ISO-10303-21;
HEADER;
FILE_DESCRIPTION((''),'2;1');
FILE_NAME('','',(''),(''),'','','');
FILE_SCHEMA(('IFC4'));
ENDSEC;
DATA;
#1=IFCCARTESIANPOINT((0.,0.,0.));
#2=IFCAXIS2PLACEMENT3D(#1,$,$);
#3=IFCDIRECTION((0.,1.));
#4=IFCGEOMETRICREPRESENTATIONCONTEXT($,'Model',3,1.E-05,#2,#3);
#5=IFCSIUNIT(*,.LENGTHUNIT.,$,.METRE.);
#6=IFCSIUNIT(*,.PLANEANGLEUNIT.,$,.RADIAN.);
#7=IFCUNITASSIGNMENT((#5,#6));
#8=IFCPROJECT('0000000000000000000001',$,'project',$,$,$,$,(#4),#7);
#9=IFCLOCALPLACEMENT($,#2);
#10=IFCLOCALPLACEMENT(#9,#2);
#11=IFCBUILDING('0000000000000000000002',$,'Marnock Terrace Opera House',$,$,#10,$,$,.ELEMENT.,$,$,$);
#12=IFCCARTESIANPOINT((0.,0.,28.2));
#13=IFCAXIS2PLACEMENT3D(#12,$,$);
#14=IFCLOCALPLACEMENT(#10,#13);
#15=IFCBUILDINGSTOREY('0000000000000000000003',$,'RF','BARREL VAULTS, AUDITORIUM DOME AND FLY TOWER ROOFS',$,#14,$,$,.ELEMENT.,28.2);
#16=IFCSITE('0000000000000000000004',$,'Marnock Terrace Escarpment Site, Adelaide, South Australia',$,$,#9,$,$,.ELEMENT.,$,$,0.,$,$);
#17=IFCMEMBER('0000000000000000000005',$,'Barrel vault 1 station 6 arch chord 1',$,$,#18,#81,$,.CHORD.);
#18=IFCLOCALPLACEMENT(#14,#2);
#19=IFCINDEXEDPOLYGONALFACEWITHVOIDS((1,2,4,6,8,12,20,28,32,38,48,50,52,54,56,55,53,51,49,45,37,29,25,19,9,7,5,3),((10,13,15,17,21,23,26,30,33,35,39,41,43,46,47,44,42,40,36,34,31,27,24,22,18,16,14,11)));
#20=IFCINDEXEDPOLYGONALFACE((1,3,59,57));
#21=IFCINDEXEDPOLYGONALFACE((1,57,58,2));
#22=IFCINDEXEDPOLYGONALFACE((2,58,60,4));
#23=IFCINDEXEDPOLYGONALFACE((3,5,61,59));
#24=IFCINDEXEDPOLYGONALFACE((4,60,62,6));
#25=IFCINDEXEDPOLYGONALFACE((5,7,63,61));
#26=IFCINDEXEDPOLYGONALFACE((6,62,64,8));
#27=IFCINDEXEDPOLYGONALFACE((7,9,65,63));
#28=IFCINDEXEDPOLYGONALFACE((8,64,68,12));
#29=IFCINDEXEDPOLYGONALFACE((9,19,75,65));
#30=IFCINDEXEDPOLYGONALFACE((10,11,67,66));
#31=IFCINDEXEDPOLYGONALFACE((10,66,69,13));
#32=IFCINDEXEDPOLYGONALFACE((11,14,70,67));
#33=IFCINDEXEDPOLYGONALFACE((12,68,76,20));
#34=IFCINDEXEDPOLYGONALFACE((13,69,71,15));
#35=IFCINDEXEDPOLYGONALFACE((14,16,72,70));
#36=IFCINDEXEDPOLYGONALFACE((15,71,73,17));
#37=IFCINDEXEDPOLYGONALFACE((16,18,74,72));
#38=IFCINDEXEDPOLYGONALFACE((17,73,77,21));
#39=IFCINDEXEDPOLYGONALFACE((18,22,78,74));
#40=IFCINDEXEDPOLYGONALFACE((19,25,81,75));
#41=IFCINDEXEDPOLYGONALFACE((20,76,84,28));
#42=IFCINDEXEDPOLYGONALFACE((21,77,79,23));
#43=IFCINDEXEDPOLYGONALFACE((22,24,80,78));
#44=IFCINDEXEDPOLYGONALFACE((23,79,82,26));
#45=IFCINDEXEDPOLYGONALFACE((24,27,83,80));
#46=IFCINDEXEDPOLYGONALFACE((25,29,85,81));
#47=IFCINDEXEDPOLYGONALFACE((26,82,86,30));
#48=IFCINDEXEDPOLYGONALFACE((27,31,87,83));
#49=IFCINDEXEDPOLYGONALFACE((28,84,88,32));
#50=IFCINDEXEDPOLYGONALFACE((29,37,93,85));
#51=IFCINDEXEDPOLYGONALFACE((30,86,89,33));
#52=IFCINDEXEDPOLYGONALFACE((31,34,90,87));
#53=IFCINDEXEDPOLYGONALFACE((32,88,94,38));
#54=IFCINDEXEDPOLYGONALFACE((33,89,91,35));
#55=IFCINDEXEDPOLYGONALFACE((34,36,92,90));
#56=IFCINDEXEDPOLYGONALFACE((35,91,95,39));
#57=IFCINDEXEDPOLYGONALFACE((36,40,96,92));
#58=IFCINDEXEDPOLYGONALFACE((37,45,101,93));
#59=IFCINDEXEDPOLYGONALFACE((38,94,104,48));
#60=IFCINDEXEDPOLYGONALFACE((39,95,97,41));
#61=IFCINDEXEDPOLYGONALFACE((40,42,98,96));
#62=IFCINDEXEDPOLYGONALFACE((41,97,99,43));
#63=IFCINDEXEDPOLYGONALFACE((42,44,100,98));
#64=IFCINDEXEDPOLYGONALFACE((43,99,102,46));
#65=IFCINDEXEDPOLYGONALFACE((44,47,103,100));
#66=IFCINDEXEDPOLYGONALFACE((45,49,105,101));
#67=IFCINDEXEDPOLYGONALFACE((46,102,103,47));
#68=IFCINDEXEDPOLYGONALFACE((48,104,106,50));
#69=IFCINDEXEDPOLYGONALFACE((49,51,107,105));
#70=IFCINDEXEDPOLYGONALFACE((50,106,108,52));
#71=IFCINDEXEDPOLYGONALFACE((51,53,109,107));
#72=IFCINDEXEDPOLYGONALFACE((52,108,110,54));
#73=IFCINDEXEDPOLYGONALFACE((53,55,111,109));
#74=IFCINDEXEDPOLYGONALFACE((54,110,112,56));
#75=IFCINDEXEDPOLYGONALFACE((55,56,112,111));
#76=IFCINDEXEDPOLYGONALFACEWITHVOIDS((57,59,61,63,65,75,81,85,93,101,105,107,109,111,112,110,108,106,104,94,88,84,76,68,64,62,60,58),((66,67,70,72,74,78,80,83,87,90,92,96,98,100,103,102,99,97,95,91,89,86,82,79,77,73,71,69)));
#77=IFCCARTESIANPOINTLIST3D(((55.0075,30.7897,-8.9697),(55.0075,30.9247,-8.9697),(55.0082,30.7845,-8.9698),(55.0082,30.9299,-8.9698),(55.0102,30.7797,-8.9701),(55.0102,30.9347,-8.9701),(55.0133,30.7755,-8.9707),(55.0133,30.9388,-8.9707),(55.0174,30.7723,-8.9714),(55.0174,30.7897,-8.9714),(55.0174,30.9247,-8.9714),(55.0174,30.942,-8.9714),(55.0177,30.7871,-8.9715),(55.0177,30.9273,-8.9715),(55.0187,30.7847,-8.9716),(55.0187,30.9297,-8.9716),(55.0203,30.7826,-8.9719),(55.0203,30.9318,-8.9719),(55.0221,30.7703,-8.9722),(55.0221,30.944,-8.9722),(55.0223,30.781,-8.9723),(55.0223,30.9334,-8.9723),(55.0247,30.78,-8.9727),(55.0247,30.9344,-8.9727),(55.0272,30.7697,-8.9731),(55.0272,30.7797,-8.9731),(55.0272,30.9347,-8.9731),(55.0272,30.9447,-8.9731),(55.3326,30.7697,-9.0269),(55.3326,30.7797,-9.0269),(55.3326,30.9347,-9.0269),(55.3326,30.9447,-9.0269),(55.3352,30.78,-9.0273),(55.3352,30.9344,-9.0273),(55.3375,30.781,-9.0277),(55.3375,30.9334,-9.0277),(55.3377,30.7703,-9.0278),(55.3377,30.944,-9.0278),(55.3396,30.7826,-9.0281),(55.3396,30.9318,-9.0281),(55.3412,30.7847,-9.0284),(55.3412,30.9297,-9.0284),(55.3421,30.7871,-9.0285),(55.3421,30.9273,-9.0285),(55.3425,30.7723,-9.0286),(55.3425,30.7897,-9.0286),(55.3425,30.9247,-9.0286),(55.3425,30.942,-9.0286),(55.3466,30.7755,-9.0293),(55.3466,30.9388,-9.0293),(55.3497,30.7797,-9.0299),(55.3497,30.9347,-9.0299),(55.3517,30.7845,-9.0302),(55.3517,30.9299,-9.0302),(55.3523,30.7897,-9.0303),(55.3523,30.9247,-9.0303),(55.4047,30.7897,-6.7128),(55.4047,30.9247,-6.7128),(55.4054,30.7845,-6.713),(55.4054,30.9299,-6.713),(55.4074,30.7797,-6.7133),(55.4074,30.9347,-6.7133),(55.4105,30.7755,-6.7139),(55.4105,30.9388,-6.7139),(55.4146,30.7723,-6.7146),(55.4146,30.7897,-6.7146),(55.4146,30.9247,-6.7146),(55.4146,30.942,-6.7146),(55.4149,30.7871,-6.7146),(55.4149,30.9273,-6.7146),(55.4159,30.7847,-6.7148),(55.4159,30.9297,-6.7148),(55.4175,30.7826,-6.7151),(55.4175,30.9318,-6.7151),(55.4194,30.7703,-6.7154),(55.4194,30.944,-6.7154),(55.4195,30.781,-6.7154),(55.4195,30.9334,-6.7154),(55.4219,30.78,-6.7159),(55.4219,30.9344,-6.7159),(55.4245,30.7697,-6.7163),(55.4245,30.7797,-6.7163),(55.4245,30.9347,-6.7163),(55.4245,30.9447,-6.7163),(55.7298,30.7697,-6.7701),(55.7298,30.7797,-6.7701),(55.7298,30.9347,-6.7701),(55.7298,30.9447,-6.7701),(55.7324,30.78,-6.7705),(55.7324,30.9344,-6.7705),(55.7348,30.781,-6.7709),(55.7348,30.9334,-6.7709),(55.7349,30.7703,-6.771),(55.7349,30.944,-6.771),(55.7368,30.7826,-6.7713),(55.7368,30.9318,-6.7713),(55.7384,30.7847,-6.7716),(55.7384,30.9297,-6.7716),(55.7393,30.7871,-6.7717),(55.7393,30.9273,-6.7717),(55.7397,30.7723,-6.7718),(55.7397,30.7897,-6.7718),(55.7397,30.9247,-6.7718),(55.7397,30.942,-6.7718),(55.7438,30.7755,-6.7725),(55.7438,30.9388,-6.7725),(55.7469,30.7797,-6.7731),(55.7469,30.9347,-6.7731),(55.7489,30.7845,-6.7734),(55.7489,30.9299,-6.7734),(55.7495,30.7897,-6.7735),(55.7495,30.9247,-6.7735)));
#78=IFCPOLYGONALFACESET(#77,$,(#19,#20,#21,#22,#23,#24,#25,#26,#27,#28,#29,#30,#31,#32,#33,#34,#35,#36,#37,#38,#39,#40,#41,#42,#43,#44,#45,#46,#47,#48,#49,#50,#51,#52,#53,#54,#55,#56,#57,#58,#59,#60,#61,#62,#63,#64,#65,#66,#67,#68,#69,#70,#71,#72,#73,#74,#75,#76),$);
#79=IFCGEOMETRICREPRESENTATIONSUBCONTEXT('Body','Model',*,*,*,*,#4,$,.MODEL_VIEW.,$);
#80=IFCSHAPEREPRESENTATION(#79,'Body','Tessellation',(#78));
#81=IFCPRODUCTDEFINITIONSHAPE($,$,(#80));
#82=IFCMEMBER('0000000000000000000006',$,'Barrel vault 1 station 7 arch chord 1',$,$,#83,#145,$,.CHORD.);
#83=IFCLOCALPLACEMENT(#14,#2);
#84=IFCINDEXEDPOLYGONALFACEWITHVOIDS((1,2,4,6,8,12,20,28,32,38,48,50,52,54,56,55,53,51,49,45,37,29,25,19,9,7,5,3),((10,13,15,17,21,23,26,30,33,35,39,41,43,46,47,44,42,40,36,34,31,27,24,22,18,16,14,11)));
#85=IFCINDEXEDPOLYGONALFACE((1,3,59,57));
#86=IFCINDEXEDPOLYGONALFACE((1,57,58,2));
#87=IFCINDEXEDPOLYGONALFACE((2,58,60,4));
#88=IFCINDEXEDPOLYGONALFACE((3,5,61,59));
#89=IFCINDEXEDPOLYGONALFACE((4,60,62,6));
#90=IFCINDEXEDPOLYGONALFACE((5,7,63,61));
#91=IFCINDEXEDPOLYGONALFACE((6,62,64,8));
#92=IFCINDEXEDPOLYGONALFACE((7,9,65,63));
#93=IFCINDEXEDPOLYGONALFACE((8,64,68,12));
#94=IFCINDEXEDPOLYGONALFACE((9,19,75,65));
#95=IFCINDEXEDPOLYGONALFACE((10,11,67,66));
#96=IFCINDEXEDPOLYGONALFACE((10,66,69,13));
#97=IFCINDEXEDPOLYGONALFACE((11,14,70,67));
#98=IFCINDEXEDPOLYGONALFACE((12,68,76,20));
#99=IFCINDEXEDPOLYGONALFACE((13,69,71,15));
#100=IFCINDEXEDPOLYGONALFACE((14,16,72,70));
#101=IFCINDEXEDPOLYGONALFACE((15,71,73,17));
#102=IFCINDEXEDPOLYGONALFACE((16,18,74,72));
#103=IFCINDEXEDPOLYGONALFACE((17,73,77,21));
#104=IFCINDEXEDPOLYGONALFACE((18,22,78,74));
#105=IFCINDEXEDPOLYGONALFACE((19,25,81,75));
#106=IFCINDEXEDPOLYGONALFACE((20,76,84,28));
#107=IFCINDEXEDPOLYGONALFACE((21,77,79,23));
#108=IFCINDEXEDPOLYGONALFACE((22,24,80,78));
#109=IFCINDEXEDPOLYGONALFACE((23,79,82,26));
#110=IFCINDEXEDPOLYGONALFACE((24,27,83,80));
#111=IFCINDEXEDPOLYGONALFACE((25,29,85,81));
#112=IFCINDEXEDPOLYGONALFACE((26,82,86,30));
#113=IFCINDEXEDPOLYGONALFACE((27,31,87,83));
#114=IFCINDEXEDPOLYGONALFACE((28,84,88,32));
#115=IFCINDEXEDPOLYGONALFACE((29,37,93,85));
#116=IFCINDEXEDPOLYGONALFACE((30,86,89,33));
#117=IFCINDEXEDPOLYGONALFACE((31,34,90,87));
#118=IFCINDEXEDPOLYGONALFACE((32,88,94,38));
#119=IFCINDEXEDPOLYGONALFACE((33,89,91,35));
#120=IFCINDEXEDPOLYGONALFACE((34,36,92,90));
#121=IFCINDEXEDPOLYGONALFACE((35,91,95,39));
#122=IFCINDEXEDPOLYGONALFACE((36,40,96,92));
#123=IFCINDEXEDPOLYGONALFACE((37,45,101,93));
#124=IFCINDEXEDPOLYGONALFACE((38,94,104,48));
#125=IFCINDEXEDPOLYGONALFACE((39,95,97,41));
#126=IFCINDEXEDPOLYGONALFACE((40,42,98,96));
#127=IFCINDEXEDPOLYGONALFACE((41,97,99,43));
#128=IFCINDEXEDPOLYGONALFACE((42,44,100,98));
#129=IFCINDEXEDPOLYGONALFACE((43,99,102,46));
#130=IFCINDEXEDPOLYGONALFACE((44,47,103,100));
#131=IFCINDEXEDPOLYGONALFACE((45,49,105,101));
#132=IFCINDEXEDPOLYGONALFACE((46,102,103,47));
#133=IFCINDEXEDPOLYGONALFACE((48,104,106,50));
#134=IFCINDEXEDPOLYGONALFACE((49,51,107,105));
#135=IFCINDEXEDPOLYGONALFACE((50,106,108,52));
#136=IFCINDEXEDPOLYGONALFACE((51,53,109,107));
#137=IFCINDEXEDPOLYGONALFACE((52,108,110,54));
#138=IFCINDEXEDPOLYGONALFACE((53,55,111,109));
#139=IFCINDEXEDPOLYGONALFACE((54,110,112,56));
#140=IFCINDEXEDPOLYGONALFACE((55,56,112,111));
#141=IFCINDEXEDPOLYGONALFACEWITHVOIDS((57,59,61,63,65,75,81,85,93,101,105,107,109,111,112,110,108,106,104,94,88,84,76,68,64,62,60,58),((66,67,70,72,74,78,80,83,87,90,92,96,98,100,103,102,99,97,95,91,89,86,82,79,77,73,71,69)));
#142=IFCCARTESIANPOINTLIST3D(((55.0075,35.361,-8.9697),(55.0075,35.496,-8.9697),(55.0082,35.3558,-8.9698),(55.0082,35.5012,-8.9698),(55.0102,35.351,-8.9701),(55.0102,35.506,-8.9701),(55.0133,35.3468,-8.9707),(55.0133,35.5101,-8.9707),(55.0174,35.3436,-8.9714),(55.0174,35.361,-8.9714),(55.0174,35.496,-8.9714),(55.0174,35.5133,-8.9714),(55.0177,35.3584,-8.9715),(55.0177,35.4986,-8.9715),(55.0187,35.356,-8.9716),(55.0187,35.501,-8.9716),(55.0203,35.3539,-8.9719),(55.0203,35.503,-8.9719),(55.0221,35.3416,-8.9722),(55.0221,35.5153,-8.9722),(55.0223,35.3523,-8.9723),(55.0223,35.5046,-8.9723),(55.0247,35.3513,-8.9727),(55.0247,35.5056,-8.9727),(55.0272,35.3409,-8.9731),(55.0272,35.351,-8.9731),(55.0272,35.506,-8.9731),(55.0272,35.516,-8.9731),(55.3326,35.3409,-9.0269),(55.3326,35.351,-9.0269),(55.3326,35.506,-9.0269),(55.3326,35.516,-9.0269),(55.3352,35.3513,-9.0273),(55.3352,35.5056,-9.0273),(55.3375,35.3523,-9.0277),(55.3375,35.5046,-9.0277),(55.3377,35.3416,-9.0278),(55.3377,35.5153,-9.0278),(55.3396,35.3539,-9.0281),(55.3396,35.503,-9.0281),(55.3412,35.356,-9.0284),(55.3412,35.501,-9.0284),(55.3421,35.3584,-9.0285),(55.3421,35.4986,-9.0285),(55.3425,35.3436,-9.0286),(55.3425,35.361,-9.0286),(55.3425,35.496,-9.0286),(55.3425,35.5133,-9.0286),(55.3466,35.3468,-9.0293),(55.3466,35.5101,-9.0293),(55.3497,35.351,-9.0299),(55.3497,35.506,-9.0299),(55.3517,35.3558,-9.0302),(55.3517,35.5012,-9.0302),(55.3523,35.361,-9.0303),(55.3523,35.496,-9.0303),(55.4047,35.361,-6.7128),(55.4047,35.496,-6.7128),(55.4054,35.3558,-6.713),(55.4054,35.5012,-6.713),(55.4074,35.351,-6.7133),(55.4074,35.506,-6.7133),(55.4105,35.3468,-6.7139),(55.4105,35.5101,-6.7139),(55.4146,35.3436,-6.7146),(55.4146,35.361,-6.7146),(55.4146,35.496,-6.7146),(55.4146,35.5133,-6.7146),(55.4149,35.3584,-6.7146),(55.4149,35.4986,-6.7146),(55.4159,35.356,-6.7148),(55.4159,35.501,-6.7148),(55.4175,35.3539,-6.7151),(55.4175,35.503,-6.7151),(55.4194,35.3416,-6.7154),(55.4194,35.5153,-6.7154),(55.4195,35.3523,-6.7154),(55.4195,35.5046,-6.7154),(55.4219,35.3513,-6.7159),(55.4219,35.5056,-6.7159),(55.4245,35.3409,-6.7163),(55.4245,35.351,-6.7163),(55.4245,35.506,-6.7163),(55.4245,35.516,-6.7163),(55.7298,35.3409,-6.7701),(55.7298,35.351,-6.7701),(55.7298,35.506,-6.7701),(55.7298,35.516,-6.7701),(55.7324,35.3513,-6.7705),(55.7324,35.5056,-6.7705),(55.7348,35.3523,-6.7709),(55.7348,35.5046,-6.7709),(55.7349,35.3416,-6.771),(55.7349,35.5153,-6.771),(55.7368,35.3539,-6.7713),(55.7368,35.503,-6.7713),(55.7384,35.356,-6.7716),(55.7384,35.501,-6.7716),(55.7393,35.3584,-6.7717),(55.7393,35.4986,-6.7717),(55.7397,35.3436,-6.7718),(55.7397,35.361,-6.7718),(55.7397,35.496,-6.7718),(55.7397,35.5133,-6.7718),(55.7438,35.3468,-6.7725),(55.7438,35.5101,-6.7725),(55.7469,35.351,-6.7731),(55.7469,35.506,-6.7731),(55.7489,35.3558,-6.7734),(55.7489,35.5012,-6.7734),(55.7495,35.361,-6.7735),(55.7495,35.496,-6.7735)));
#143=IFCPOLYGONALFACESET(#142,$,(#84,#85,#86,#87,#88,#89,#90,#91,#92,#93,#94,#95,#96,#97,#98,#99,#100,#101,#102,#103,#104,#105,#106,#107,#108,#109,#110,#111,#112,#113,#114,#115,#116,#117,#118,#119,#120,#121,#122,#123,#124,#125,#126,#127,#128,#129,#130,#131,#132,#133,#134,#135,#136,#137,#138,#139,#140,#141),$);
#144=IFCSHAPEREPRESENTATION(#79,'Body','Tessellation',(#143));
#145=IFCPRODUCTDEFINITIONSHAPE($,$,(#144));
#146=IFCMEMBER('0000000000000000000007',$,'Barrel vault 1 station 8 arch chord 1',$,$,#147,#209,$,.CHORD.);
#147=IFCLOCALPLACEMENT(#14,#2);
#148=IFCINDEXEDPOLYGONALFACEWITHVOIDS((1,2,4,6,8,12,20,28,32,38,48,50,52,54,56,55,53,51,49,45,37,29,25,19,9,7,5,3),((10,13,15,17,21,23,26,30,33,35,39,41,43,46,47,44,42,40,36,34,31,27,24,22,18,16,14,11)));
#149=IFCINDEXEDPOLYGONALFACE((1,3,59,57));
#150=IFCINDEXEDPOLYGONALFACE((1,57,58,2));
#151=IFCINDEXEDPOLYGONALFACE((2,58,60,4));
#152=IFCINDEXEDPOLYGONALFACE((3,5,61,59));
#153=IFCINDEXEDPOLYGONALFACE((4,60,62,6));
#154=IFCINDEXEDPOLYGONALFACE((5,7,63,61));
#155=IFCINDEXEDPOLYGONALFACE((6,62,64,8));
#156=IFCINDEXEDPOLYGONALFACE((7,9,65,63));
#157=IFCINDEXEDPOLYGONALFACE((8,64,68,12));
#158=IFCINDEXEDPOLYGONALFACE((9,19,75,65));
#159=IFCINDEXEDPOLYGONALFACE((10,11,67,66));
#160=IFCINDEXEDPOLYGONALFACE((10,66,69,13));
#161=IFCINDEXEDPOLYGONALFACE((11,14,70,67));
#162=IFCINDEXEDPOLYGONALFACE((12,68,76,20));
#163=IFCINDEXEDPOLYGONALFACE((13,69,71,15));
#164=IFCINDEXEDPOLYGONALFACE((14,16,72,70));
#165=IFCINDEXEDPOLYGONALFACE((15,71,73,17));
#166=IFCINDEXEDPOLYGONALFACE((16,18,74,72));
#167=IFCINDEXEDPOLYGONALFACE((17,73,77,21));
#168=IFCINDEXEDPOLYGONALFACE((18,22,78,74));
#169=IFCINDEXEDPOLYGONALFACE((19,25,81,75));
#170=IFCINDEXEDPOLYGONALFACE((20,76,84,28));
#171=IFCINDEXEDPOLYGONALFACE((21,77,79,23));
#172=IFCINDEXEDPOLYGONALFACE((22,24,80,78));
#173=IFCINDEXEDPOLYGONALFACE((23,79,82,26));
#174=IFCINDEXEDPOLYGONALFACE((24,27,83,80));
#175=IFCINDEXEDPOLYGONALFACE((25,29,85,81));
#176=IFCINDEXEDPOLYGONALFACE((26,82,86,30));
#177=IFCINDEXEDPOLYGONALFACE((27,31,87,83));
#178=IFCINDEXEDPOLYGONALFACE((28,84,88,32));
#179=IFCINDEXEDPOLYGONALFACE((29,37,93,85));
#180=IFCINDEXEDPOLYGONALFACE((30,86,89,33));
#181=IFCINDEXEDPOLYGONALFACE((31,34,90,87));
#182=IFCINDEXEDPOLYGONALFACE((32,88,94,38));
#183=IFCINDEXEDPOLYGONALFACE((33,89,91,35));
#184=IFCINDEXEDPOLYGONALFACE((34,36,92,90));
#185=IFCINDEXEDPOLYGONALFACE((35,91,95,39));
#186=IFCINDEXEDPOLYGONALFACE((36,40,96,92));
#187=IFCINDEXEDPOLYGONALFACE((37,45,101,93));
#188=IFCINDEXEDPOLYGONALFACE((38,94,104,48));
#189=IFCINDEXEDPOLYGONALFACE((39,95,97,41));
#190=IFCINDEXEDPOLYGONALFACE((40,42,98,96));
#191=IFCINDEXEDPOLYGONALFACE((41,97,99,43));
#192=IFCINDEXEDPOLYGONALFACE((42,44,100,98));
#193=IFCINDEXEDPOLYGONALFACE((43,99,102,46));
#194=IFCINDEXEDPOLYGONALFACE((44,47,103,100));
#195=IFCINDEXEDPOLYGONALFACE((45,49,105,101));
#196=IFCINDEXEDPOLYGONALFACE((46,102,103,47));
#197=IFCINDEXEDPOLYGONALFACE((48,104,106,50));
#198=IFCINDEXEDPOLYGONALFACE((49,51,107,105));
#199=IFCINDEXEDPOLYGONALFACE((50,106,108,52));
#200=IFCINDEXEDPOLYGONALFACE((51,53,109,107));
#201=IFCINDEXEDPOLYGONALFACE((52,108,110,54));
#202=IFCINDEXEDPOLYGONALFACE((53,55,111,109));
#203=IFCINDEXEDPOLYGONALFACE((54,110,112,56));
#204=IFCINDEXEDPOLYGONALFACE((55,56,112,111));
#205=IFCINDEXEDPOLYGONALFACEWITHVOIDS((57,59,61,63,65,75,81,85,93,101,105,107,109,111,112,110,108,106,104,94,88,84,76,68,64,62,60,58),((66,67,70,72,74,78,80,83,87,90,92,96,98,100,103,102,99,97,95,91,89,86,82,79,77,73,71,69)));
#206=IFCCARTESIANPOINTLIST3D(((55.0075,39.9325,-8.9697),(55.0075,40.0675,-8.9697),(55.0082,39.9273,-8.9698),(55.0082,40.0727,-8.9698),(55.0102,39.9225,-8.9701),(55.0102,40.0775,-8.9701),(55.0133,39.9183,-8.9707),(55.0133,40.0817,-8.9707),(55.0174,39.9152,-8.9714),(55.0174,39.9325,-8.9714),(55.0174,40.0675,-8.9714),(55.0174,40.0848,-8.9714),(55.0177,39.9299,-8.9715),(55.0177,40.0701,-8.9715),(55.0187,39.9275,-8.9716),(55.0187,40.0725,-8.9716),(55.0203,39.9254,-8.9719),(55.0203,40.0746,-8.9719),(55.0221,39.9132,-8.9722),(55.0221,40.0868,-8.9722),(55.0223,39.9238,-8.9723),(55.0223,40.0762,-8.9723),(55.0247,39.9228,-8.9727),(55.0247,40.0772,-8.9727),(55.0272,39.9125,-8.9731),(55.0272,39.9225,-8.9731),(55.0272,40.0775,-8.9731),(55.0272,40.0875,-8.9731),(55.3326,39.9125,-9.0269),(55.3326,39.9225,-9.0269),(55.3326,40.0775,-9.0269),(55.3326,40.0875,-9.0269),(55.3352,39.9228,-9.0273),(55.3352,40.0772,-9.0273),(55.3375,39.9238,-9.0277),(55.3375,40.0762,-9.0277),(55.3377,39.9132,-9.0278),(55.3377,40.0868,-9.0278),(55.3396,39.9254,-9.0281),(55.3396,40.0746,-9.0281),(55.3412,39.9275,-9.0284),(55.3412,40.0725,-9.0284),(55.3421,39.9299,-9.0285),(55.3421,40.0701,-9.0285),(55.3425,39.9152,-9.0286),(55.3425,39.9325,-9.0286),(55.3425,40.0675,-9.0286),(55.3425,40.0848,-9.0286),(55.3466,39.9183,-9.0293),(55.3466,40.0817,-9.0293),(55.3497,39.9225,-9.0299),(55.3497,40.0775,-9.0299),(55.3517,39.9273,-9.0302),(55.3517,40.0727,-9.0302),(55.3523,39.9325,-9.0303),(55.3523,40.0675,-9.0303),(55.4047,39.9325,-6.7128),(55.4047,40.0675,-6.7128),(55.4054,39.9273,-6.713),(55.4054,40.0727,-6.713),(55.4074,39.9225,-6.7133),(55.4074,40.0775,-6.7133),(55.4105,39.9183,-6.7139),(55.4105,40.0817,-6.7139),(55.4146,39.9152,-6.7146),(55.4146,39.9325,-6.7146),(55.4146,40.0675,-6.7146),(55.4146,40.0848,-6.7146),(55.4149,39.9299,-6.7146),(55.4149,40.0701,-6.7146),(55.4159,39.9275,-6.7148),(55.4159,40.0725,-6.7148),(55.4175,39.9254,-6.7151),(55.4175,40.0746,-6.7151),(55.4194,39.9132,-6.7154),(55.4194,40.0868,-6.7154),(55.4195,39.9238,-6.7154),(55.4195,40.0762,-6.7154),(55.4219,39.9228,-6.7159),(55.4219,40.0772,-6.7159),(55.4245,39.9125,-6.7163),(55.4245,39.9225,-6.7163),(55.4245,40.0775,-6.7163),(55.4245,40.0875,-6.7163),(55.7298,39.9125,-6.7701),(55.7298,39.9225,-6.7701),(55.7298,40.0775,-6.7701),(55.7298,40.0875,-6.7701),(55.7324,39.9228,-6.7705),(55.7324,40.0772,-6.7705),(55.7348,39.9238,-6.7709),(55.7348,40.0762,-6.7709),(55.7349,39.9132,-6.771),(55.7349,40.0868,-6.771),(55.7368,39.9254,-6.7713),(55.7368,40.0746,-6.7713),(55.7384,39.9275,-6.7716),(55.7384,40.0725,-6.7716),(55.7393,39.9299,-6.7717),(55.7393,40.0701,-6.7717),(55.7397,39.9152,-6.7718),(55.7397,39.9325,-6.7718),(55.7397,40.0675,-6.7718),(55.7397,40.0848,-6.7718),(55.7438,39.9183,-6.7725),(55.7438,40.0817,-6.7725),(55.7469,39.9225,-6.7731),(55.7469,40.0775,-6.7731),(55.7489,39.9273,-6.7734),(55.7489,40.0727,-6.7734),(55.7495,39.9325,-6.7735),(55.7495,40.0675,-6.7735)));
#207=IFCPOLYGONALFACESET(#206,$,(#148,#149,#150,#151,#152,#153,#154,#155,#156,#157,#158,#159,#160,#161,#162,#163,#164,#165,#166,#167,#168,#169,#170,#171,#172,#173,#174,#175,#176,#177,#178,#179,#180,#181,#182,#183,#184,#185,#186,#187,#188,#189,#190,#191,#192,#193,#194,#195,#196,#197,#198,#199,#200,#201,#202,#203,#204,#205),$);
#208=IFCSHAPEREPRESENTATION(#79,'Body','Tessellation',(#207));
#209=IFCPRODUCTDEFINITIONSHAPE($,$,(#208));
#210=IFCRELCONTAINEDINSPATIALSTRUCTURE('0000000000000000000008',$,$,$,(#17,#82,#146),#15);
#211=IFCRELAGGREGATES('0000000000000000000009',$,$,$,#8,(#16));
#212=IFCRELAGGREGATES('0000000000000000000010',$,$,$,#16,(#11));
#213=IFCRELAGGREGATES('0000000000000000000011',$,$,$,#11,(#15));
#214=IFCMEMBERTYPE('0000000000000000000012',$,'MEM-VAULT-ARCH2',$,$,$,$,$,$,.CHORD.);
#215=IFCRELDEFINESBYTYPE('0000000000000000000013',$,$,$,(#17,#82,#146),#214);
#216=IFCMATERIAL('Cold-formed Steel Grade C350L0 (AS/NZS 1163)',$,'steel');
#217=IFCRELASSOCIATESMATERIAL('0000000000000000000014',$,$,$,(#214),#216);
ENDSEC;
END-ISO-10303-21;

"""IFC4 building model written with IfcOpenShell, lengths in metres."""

from ifc_helpers import new_model, si_unit, direction, frame, origin, origin_2d, place, context, subcontext, project, spatial, hollow_rectangle, extrude, material, material_profile, profile_set, type_object, element, save


model = new_model("IFC4")

# Units and contexts
model_context = context("Model", 3, precision=1e-05, world=origin(), true_north=direction((0.0, 1.0)))
body_context = subcontext(model_context, "Body", "Model", "MODEL_VIEW")
ifc_project = project(units=[si_unit("LENGTHUNIT", "METRE"), si_unit("PLANEANGLEUNIT", "RADIAN")], contexts=[model_context])

# Site, building, storey
site_placement = place(None, origin())
site = spatial("IfcSite", under=ifc_project, at=site_placement, Name="Marnock Terrace Escarpment Site, Adelaide, South Australia", CompositionType="ELEMENT", RefElevation=0.0)
building_placement = place(site_placement, origin())
building = spatial("IfcBuilding", under=site, at=building_placement, Name="Marnock Terrace Opera House", CompositionType="ELEMENT")
storey_placement = place(building_placement, frame((0.0, 0.0, 28.2)))
storey = spatial("IfcBuildingStorey", under=building, at=storey_placement, Name="RF", Description="BARREL VAULTS, AUDITORIUM DOME AND FLY TOWER ROOFS", CompositionType="ELEMENT", Elevation=28.2)

# Members
ifc_material_1 = material(Name="Cold-formed Steel Grade C350L0 (AS/NZS 1163)", Category="steel")
ifc_material_profile_1 = material_profile(ifc_material_1, hollow_rectangle(XDim=0.175, YDim=0.3501, WallThickness=0.01, InnerFilletRadius=0.01, OuterFilletRadius=0.02, at=origin_2d()))
ifc_profile_set_1 = profile_set([ifc_material_profile_1], Name="Cold-formed Steel Grade C350L0 (AS/NZS 1163)")
member_type = type_object("IfcMemberType", Name="MEM-VAULT-ARCH2", PredefinedType="CHORD", material=ifc_profile_set_1)
for number, where, z_axis, x_axis, name in (
    (1, (55.1799, 30.8572, -9.0), (0.173342, 0.0, 0.984862), (0.0, 1.0, 0.0), "Barrel vault 1 station 6 arch chord 1"),
    (2, (55.1799, 35.4285, -9.0), (0.173342, 0.0, 0.984862), (0.0, 1.0, 0.0), "Barrel vault 1 station 7 arch chord 1"),
    (3, (55.1799, 40.0, -9.0), (0.173342, 0.0, 0.984862), (0.0, 1.0, 0.0), "Barrel vault 1 station 8 arch chord 1"),
):
    element("IfcMember", number, at=place(storey_placement, frame(where, z_axis=z_axis, x_axis=x_axis)), inside=storey, type_object=member_type, Name=name, PredefinedType="CHORD", context=body_context, shape_type="SweptSolid", body=[
        extrude(hollow_rectangle(XDim=0.175, YDim=0.3501, WallThickness=0.01, InnerFilletRadius=0.01, OuterFilletRadius=0.02, at=origin_2d()), origin(), (0.0, 0.0, 1.0), 2.2915),
    ])

save(model, "model.ifc")
